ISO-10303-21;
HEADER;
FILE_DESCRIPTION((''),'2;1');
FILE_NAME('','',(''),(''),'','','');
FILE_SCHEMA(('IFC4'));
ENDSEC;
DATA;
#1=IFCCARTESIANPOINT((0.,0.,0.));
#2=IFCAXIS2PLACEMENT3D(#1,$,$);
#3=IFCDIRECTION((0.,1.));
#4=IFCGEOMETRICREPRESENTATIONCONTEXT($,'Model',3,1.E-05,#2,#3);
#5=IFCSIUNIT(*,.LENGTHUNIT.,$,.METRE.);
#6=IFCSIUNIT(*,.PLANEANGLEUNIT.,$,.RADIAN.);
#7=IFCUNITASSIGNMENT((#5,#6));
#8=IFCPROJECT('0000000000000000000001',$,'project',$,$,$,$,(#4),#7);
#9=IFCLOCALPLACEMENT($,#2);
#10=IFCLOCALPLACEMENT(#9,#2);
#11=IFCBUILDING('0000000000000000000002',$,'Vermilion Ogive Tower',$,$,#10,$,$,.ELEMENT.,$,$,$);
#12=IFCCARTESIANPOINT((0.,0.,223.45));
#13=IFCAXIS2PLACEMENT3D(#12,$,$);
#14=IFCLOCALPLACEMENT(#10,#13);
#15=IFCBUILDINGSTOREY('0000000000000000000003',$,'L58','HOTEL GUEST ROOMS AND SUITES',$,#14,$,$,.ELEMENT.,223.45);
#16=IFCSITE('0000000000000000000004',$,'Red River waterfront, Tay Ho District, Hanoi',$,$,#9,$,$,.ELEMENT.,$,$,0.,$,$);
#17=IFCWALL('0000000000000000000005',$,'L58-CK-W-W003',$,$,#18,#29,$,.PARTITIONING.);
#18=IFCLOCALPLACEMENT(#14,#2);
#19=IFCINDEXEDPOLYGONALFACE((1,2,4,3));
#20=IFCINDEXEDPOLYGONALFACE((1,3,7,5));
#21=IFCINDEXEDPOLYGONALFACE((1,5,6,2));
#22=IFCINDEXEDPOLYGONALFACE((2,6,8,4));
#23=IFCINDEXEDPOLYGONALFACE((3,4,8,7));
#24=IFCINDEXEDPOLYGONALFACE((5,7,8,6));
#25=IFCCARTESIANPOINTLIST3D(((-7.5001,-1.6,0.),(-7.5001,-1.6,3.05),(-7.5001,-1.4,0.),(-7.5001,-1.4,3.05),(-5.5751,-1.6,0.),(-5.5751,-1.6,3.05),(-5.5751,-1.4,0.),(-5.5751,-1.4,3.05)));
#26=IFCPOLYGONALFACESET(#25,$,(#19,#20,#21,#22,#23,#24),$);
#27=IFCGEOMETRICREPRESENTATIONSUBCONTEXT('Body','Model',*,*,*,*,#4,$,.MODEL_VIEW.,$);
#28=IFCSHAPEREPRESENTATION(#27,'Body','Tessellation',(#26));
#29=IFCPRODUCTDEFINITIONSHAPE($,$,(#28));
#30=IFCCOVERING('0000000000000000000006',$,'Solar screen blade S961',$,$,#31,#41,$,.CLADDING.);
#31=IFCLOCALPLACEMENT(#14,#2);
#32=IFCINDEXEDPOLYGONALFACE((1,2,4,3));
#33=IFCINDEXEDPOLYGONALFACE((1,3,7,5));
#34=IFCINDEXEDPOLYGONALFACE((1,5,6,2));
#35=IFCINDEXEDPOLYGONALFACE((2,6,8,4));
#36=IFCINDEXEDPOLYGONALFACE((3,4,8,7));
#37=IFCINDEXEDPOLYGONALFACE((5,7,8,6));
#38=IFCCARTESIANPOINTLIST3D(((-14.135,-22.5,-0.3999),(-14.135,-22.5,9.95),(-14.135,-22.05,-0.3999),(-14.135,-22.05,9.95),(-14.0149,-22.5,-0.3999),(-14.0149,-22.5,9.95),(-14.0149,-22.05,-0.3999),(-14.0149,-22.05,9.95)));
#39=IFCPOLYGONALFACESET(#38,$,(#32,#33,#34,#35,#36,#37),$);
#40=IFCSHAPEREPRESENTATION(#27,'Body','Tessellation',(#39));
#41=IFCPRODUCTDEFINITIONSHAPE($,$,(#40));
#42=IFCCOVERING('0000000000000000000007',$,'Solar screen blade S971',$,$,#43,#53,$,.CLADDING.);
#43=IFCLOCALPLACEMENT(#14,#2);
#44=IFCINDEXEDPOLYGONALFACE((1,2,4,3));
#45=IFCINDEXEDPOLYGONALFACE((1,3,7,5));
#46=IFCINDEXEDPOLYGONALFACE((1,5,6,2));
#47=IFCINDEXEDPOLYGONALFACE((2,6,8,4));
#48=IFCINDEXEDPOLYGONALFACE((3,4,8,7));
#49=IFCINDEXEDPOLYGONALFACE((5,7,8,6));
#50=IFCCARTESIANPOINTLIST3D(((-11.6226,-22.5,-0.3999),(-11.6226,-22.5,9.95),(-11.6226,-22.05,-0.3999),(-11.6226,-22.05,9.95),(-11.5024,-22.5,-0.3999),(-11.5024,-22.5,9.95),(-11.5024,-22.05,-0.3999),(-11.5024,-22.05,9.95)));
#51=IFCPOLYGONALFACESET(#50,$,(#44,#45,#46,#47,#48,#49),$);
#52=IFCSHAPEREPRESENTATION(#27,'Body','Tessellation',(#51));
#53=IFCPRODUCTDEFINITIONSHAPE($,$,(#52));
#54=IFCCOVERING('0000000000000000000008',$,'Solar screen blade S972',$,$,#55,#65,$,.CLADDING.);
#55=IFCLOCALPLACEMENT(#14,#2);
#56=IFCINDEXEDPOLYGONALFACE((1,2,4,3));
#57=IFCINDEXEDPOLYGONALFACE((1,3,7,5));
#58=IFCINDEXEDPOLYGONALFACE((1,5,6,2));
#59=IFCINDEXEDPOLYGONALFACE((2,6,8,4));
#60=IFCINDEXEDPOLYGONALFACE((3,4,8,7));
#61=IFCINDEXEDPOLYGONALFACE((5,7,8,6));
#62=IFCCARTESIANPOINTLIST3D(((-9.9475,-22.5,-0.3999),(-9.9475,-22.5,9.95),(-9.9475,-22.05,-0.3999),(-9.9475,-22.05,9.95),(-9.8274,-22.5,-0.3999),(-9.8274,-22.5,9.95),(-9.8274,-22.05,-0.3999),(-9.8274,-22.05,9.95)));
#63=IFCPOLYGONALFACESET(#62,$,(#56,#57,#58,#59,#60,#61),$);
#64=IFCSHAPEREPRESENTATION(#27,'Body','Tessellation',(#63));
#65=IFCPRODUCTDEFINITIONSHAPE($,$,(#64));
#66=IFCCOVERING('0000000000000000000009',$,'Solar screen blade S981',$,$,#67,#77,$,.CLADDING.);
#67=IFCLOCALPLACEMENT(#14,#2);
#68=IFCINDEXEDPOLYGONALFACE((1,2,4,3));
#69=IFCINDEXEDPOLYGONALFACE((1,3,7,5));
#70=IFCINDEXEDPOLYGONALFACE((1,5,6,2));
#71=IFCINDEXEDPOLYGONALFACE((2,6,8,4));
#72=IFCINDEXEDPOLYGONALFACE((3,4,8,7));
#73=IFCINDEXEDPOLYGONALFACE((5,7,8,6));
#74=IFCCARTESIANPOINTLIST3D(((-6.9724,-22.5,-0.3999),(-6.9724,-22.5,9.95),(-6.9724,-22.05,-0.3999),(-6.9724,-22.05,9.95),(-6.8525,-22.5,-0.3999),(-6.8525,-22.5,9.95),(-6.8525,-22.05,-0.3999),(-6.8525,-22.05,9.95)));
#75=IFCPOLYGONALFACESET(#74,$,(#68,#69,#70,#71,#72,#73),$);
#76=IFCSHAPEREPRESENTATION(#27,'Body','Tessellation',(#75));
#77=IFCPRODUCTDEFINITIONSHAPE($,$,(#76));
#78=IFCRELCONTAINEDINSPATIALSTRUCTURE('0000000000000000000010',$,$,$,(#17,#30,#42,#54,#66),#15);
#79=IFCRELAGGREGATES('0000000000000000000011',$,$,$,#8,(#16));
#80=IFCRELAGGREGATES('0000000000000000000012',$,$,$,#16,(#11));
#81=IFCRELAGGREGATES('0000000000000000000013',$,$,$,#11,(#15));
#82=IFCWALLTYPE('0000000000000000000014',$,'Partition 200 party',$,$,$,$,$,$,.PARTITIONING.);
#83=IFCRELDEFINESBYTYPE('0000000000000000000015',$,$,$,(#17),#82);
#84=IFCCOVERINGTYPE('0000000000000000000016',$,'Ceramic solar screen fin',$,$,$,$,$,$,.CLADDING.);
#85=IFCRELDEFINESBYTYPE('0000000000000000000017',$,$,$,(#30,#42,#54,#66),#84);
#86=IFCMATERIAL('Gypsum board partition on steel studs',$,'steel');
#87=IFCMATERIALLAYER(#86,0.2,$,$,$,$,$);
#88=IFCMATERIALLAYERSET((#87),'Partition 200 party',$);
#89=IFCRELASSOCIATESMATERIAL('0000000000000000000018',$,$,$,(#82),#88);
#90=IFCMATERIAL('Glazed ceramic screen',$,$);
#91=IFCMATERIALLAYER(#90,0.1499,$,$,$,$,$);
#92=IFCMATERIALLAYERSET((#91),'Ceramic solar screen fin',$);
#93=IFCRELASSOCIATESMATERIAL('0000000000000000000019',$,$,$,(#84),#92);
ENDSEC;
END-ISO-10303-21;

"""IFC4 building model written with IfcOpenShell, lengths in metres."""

from ifc_helpers import new_model, si_unit, direction, frame, frame_2d, origin, place, context, subcontext, project, spatial, polyline, rectangle, outline, extrude, material, layer, layer_set, type_object, element, save


model = new_model("IFC4")

# Units and contexts
model_context = context("Model", 3, precision=1e-05, world=origin(), true_north=direction((0.0, 1.0)))
body_context = subcontext(model_context, "Body", "Model", "MODEL_VIEW")
ifc_project = project(units=[si_unit("LENGTHUNIT", "METRE"), si_unit("PLANEANGLEUNIT", "RADIAN")], contexts=[model_context])

# Site, building, storey
site_placement = place(None, origin())
site = spatial("IfcSite", under=ifc_project, at=site_placement, Name="Red River waterfront, Tay Ho District, Hanoi", CompositionType="ELEMENT", RefElevation=0.0)
building_placement = place(site_placement, origin())
building = spatial("IfcBuilding", under=site, at=building_placement, Name="Vermilion Ogive Tower", CompositionType="ELEMENT")
storey_placement = place(building_placement, frame((0.0, 0.0, 223.45)))
storey = spatial("IfcBuildingStorey", under=building, at=storey_placement, Name="L58", Description="HOTEL GUEST ROOMS AND SUITES", CompositionType="ELEMENT", Elevation=223.45)

# Wall
ifc_material_1 = material(Name="Gypsum board partition on steel studs", Category="steel")
ifc_layer_1 = layer(ifc_material_1, 0.2)
ifc_layer_set_1 = layer_set([ifc_layer_1], Name="Partition 200 party")
wall_type_1 = type_object("IfcWallType", Name="Partition 200 party", PredefinedType="PARTITIONING", material=ifc_layer_set_1)
wall_1_placement = place(storey_placement, frame((-7.5, -1.5, 0.0), z_axis=(0.0, 0.0, 1.0), x_axis=(1.0, 0.0, 0.0)))
element("IfcWall", 1, at=wall_1_placement, inside=storey, type_object=wall_type_1, Name="L58-CK-W-W003", PredefinedType="PARTITIONING", context=body_context, shape_type="SweptSolid", body=[
    extrude(rectangle(XDim=1.925, YDim=0.2, at=frame_2d((0.9624, 0.0))), origin(), (0.0, 0.0, 1.0), 3.05),
])

# Coverings
ifc_material_2 = material(Name="Glazed ceramic screen")
ifc_layer_2 = layer(ifc_material_2, 0.1499)
ifc_layer_set_2 = layer_set([ifc_layer_2], Name="Ceramic solar screen fin")
covering_type = type_object("IfcCoveringType", Name="Ceramic solar screen fin", PredefinedType="CLADDING", material=ifc_layer_set_2)
covering_1_placement = place(storey_placement, frame((0.0, 0.0, -0.3999)))
element("IfcCovering", 2, at=covering_1_placement, inside=storey, type_object=covering_type, Name="Solar screen blade S961", PredefinedType="CLADDING", context=body_context, shape_type="SweptSolid", body=[
    extrude(outline(polyline([(-14.135, -22.5), (-14.0149, -22.5), (-14.0149, -22.05), (-14.135, -22.05), (-14.135, -22.5)])), origin(), (0.0, 0.0, 1.0), 10.3499),
])
covering_2_placement = place(storey_placement, frame((0.0, 0.0, -0.3999)))
element("IfcCovering", 3, at=covering_2_placement, inside=storey, type_object=covering_type, Name="Solar screen blade S971", PredefinedType="CLADDING", context=body_context, shape_type="SweptSolid", body=[
    extrude(outline(polyline([(-11.6226, -22.5), (-11.5024, -22.5), (-11.5024, -22.05), (-11.6226, -22.05), (-11.6226, -22.5)])), origin(), (0.0, 0.0, 1.0), 10.3499),
])
covering_3_placement = place(storey_placement, frame((0.0, 0.0, -0.3999)))
element("IfcCovering", 4, at=covering_3_placement, inside=storey, type_object=covering_type, Name="Solar screen blade S972", PredefinedType="CLADDING", context=body_context, shape_type="SweptSolid", body=[
    extrude(outline(polyline([(-9.9475, -22.5), (-9.8274, -22.5), (-9.8274, -22.05), (-9.9475, -22.05), (-9.9475, -22.5)])), origin(), (0.0, 0.0, 1.0), 10.3499),
])
covering_4_placement = place(storey_placement, frame((0.0, 0.0, -0.3999)))
element("IfcCovering", 5, at=covering_4_placement, inside=storey, type_object=covering_type, Name="Solar screen blade S981", PredefinedType="CLADDING", context=body_context, shape_type="SweptSolid", body=[
    extrude(outline(polyline([(-6.9724, -22.5), (-6.8525, -22.5), (-6.8525, -22.05), (-6.9724, -22.05), (-6.9724, -22.5)])), origin(), (0.0, 0.0, 1.0), 10.3499),
])

save(model, "model.ifc")
